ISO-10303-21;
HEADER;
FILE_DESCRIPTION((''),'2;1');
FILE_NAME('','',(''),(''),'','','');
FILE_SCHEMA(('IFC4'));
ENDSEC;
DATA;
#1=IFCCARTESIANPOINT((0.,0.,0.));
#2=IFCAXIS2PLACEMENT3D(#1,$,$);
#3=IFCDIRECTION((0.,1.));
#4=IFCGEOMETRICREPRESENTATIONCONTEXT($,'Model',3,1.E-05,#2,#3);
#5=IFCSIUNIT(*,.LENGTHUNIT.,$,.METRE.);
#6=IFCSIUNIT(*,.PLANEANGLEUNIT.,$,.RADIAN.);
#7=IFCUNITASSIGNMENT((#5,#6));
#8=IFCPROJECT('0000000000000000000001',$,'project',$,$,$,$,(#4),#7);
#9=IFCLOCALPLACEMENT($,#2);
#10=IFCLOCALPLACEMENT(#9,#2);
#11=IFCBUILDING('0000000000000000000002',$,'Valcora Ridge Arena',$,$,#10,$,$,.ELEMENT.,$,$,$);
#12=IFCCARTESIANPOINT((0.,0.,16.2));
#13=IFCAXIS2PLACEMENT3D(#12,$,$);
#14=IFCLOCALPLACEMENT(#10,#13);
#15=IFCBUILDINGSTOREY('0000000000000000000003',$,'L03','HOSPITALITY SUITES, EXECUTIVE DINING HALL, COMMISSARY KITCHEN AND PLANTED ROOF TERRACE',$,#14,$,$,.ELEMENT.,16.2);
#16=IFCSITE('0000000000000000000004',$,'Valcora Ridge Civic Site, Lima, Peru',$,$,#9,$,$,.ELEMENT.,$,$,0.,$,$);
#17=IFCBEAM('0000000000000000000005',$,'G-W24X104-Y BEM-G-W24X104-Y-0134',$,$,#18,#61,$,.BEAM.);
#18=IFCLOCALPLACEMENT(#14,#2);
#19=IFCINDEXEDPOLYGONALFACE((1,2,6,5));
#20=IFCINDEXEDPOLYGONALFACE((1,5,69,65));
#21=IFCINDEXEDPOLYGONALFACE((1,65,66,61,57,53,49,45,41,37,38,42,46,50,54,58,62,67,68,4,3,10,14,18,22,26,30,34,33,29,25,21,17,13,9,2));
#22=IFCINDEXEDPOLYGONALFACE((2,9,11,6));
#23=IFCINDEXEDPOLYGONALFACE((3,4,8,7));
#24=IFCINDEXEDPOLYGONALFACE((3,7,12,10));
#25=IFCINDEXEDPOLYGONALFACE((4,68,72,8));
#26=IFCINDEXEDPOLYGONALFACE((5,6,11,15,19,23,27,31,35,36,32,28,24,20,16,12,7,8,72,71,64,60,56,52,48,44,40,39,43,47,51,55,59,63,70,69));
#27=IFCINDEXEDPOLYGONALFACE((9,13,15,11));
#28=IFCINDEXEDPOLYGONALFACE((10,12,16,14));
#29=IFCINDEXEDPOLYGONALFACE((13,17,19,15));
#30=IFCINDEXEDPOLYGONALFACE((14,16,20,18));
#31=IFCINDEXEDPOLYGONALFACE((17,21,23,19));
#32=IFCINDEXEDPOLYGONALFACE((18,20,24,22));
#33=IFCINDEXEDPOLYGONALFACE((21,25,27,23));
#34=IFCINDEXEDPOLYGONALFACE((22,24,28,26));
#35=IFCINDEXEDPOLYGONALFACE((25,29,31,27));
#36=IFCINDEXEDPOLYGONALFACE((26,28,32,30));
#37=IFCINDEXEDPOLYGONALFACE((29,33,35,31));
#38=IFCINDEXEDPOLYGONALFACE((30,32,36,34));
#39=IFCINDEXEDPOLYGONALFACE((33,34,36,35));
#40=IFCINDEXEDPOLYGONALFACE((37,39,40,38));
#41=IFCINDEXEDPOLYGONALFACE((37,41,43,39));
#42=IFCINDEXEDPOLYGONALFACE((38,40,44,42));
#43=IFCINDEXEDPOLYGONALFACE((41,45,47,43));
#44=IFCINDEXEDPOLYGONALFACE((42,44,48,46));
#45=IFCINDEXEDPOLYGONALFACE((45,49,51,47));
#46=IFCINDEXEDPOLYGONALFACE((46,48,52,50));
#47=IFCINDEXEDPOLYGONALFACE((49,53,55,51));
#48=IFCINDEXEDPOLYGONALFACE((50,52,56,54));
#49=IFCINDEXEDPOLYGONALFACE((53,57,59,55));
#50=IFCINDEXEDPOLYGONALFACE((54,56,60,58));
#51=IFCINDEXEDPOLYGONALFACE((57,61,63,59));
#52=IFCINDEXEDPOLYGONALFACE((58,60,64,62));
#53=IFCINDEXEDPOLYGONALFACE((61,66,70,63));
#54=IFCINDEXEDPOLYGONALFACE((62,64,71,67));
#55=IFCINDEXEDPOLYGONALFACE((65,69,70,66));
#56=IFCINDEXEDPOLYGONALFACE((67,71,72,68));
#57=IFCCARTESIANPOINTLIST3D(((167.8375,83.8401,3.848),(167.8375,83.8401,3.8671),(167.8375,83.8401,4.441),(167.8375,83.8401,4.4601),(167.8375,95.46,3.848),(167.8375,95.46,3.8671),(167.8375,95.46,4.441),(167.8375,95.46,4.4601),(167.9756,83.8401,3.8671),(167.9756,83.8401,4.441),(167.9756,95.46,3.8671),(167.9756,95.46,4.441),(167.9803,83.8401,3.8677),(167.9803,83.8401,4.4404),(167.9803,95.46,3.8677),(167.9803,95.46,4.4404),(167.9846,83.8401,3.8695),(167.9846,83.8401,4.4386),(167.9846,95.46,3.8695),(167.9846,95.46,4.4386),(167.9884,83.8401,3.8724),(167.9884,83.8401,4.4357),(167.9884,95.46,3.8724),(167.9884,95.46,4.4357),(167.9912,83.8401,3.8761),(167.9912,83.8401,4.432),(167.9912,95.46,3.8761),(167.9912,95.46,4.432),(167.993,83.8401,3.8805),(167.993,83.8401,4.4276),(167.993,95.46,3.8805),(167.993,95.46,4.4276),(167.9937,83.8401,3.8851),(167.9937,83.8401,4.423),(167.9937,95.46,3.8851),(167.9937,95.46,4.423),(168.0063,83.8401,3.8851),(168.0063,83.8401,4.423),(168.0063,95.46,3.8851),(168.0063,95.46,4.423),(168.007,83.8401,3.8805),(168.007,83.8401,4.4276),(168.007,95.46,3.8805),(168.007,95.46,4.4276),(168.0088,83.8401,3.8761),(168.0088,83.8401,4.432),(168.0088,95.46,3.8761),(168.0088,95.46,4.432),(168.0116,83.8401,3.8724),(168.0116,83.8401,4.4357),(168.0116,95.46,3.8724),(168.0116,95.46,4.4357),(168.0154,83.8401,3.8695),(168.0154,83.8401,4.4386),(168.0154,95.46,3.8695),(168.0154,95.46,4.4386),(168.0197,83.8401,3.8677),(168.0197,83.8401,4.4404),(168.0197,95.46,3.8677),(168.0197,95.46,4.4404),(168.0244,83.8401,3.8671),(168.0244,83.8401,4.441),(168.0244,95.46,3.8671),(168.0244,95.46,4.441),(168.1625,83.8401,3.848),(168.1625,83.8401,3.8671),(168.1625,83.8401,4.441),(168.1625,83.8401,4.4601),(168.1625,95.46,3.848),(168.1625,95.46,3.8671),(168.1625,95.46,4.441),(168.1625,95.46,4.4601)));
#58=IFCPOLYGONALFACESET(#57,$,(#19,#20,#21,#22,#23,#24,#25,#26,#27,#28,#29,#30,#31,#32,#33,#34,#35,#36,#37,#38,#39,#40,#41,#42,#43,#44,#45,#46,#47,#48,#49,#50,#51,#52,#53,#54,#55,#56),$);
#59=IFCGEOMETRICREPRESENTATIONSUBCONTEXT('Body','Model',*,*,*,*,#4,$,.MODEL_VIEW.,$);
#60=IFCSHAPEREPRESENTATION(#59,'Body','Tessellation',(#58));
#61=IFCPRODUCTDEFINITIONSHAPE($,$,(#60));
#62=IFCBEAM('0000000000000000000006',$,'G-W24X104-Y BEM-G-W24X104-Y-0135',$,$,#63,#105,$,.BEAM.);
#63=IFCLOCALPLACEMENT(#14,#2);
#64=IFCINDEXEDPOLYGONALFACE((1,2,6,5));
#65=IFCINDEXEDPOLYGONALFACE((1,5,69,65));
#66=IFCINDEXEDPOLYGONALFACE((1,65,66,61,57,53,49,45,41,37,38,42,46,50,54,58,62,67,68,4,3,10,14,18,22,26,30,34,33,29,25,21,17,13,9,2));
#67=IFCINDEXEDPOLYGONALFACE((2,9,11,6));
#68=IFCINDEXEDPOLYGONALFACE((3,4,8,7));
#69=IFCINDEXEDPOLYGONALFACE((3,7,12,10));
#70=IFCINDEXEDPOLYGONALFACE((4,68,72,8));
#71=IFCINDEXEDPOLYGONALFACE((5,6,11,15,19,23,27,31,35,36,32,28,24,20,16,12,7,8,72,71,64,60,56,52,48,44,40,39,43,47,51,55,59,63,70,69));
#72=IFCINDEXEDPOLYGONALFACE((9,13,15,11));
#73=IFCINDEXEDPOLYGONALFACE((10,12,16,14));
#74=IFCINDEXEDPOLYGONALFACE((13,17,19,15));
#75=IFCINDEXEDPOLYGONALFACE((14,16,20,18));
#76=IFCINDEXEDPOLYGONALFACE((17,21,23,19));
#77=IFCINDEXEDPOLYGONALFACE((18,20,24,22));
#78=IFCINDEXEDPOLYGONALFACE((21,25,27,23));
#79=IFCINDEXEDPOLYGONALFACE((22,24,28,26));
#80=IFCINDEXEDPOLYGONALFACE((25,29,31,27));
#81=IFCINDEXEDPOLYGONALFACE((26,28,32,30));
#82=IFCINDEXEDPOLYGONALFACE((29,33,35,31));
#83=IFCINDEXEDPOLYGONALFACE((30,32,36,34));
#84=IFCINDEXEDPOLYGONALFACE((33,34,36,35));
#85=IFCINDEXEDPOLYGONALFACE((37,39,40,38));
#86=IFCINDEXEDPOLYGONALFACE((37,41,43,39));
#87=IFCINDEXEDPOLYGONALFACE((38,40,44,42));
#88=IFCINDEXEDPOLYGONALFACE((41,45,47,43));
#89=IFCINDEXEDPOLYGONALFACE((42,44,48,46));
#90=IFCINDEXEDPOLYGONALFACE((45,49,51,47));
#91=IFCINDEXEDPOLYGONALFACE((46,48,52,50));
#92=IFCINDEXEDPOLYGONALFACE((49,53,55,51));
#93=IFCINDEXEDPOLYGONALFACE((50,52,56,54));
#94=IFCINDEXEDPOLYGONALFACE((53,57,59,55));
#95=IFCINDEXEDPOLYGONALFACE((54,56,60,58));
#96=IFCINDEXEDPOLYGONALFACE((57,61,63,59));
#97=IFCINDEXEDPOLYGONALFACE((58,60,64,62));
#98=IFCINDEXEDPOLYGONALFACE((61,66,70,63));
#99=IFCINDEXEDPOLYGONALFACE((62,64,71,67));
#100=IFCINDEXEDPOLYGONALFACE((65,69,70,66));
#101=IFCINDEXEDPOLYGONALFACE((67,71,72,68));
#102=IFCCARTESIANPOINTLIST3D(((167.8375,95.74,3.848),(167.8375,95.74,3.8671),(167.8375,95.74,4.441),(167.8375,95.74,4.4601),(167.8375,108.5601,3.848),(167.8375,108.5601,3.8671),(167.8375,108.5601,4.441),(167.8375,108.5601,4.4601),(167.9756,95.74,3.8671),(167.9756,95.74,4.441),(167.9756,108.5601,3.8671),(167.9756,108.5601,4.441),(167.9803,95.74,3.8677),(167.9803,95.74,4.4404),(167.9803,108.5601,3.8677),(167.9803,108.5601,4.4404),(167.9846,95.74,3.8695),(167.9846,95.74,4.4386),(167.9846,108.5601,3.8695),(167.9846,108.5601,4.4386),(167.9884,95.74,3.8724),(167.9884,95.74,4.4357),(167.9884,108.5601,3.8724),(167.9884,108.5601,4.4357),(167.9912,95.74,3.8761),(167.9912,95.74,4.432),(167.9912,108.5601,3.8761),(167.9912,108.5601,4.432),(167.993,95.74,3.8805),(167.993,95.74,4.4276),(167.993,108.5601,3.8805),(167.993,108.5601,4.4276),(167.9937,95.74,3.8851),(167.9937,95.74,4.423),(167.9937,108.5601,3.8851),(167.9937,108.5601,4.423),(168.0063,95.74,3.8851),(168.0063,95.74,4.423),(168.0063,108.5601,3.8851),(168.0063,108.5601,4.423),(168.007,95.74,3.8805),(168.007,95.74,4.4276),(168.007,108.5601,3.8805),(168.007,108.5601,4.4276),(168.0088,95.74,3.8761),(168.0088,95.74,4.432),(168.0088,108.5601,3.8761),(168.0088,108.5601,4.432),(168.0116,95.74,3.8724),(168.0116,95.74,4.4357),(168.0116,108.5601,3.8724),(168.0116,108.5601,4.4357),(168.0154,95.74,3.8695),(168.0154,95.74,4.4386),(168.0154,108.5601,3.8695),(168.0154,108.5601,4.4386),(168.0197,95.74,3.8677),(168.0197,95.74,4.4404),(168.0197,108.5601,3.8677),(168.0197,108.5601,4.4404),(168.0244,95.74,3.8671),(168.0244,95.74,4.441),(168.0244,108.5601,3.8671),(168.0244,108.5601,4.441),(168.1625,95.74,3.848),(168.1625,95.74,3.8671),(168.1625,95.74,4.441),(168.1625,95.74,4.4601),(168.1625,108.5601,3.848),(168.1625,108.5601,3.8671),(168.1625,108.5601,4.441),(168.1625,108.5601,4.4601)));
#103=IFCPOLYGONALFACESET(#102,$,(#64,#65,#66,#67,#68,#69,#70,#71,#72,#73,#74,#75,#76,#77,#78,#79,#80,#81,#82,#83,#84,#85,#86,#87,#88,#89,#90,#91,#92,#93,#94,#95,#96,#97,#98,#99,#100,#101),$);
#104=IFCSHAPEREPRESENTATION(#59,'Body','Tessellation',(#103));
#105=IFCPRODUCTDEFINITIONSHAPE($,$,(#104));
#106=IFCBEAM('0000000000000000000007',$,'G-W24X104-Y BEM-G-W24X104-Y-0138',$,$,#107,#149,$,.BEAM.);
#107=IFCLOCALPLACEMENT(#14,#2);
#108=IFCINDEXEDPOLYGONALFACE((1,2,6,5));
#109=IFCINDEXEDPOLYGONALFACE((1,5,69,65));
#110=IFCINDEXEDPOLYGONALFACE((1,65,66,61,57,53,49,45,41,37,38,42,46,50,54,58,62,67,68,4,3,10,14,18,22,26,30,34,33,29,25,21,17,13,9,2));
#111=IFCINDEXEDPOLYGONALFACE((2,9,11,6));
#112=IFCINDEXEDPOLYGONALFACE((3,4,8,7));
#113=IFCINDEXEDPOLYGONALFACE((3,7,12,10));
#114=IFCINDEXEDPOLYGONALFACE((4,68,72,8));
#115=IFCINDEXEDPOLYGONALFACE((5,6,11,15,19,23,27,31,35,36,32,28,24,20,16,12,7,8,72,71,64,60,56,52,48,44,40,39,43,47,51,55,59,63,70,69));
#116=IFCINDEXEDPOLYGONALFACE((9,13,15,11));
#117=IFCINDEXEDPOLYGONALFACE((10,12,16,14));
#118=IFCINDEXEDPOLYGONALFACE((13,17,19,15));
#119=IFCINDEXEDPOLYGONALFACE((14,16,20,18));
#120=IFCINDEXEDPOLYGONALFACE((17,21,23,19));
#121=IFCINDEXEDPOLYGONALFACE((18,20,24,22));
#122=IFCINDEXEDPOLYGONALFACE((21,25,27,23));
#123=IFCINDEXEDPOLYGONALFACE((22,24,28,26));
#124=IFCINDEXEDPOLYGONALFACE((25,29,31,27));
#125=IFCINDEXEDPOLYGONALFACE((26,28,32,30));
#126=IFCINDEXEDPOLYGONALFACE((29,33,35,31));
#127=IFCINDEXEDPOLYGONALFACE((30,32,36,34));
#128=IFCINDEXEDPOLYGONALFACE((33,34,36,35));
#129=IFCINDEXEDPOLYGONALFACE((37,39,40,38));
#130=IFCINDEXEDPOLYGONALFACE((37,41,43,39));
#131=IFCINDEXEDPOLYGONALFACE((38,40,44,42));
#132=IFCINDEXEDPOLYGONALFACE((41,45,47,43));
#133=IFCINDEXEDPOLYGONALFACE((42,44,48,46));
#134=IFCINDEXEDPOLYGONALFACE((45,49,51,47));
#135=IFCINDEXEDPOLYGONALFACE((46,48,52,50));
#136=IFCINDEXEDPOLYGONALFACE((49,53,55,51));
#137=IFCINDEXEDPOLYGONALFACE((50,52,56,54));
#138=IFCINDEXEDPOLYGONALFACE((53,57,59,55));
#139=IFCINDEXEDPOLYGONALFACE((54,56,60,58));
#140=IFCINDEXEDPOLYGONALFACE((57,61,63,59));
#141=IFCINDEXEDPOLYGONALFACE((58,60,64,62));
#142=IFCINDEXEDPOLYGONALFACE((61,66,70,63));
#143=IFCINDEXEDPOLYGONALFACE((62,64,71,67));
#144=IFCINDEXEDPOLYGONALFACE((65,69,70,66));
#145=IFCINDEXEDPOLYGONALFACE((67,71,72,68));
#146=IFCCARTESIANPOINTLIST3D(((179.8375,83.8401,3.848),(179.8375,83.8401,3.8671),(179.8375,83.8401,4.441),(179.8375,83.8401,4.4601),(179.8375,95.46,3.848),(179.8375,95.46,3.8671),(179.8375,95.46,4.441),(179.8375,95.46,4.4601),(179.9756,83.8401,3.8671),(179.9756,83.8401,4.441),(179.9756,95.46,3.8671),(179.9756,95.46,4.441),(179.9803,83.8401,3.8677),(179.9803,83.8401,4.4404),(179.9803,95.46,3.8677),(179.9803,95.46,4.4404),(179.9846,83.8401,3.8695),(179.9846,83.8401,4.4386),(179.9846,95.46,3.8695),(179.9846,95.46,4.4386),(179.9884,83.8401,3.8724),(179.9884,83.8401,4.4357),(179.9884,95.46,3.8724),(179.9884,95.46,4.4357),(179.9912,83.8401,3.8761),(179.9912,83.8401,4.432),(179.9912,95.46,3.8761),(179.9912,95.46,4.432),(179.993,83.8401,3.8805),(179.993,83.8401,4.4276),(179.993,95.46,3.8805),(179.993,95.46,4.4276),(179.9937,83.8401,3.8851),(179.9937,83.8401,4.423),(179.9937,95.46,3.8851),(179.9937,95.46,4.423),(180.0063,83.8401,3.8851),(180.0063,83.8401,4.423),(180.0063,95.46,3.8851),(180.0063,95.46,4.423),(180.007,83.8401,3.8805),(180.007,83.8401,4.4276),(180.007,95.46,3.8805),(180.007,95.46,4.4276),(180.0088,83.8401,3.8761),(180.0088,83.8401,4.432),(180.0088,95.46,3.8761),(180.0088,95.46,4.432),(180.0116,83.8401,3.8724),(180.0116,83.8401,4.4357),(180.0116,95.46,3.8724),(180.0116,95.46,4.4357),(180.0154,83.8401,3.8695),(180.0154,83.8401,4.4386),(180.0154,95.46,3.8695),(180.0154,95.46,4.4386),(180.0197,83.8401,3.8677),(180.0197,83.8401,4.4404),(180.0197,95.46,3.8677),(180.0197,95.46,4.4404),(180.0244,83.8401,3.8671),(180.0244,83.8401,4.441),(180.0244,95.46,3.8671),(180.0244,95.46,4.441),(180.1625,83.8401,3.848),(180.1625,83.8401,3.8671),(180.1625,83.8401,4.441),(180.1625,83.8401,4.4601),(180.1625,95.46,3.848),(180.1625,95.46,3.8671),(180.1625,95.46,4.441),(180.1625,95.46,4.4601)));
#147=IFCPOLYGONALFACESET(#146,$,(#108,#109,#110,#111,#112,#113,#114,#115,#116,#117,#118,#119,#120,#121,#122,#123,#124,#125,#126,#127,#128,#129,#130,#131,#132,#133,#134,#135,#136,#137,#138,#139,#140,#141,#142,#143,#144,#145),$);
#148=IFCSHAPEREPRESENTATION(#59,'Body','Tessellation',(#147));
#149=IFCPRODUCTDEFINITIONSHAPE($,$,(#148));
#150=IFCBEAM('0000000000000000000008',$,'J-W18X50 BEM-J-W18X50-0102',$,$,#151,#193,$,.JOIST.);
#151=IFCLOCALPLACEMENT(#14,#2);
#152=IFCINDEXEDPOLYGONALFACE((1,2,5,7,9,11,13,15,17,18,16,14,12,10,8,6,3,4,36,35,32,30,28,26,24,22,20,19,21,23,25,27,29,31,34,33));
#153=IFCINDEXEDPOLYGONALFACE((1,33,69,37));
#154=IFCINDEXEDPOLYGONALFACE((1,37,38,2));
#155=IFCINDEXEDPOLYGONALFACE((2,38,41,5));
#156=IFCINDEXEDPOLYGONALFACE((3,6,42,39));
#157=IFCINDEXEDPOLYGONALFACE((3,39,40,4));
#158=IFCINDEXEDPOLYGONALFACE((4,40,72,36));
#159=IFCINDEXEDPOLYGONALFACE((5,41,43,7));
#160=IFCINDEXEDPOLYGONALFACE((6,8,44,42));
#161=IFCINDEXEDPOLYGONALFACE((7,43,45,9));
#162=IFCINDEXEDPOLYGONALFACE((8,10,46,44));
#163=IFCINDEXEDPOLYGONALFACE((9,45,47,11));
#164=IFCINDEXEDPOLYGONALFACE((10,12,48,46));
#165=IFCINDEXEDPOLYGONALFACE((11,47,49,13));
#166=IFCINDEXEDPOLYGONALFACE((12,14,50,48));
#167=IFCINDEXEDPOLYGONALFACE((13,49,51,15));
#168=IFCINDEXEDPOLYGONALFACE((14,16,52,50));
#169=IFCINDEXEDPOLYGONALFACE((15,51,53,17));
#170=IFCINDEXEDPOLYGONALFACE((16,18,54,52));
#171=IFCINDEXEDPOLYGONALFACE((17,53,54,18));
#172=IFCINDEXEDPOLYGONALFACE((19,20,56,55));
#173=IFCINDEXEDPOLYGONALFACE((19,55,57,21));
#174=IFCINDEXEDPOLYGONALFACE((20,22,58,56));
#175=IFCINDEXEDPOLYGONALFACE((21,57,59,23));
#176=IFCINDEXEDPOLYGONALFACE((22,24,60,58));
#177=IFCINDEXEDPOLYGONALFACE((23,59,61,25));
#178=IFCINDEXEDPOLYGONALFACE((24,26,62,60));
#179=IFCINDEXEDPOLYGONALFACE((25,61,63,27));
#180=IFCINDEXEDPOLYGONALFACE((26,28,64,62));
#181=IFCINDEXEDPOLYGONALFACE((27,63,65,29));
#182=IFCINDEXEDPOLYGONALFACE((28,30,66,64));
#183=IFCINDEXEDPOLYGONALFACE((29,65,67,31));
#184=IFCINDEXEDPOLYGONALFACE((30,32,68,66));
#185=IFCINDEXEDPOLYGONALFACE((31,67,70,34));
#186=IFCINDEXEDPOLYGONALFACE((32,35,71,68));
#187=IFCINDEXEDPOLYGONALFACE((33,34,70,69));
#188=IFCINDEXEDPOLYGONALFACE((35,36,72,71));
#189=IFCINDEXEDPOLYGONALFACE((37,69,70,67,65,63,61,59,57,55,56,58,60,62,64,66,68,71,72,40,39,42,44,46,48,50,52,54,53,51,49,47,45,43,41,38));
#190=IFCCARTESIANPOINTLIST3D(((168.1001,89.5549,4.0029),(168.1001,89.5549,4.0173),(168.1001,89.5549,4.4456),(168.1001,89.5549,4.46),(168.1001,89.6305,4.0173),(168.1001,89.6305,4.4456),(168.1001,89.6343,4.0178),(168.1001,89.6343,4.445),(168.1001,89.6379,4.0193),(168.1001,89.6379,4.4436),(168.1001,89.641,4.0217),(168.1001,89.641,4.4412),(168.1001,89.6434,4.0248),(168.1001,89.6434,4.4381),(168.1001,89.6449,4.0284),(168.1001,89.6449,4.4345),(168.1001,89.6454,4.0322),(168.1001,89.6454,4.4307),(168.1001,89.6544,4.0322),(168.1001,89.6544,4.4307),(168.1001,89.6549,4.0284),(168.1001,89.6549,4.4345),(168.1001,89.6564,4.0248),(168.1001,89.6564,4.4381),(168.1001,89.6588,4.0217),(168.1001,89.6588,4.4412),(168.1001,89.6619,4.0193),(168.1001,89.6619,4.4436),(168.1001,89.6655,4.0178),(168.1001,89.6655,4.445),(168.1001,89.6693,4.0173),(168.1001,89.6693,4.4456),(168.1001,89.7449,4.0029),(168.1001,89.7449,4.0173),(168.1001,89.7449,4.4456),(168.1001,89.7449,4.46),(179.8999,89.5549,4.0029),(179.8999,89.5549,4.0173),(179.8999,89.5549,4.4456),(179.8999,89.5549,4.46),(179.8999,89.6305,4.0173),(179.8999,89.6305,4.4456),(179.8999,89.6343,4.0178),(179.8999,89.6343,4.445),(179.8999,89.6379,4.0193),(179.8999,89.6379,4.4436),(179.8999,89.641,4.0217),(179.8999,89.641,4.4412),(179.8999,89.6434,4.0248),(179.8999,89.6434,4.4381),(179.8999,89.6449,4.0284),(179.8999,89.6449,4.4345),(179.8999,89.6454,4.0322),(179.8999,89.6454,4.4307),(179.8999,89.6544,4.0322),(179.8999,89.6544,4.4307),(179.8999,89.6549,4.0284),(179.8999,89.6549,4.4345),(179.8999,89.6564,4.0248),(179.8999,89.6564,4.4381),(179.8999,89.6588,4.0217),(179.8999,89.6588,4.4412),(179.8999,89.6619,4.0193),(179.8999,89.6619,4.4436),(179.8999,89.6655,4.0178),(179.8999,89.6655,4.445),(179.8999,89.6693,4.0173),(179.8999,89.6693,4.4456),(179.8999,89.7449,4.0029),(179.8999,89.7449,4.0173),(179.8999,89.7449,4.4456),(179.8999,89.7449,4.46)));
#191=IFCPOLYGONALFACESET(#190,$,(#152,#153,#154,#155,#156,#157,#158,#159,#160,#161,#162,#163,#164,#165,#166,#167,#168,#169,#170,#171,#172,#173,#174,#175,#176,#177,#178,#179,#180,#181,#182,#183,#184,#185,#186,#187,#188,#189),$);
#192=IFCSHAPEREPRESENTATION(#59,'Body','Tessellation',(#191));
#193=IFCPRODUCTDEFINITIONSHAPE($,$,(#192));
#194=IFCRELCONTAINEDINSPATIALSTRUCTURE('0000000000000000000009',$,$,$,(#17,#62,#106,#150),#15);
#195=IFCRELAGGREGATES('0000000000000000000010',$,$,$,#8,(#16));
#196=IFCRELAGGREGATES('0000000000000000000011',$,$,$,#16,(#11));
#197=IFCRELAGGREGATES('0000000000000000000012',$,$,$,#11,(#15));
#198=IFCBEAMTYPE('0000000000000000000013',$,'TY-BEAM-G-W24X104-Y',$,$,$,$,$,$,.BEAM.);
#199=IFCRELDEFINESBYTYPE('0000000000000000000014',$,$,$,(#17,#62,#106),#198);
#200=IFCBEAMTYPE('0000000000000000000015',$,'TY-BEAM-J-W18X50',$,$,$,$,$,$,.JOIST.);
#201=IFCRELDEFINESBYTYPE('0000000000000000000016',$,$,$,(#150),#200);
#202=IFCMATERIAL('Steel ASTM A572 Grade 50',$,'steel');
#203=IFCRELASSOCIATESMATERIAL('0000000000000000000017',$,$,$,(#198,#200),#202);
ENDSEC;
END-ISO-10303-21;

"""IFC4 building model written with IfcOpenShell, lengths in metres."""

from ifc_helpers import new_model, si_unit, direction, frame, origin, origin_2d, place, context, subcontext, project, spatial, i_section, extrude, material, material_profile, profile_set, type_object, element, save


model = new_model("IFC4")

# Units and contexts
model_context = context("Model", 3, precision=1e-05, world=origin(), true_north=direction((0.0, 1.0)))
body_context = subcontext(model_context, "Body", "Model", "MODEL_VIEW")
ifc_project = project(units=[si_unit("LENGTHUNIT", "METRE"), si_unit("PLANEANGLEUNIT", "RADIAN")], contexts=[model_context])

# Site, building, storey
site_placement = place(None, origin())
site = spatial("IfcSite", under=ifc_project, at=site_placement, Name="Valcora Ridge Civic Site, Lima, Peru", CompositionType="ELEMENT", RefElevation=0.0)
building_placement = place(site_placement, origin())
building = spatial("IfcBuilding", under=site, at=building_placement, Name="Valcora Ridge Arena", CompositionType="ELEMENT")
storey_placement = place(building_placement, frame((0.0, 0.0, 16.2)))
storey = spatial("IfcBuildingStorey", under=building, at=storey_placement, Name="L03", Description="HOSPITALITY SUITES, EXECUTIVE DINING HALL, COMMISSARY KITCHEN AND PLANTED ROOF TERRACE", CompositionType="ELEMENT", Elevation=16.2)

# Beams
ifc_material_1 = material(Name="Steel ASTM A572 Grade 50", Category="steel")
ifc_material_profile_1 = material_profile(ifc_material_1, i_section(OverallWidth=0.325, OverallDepth=0.6121, WebThickness=0.0127, FlangeThickness=0.019, FilletRadius=0.0181, at=origin_2d()), Name="W24X104")
ifc_profile_set_1 = profile_set([ifc_material_profile_1], Name="Steel ASTM A572 Grade 50")
beam_type_1 = type_object("IfcBeamType", Name="TY-BEAM-G-W24X104-Y", PredefinedType="BEAM", material=ifc_profile_set_1)
beam_1_placement = place(storey_placement, frame((168.0, 83.8401, 4.1541), z_axis=(0.0, 1.0, 0.0), x_axis=(-1.0, 0.0, 0.0)))
element("IfcBeam", 1, at=beam_1_placement, inside=storey, type_object=beam_type_1, Name="G-W24X104-Y BEM-G-W24X104-Y-0134", PredefinedType="BEAM", context=body_context, shape_type="SweptSolid", body=[
    extrude(i_section(OverallWidth=0.325, OverallDepth=0.6121, WebThickness=0.0127, FlangeThickness=0.019, FilletRadius=0.0181, at=origin_2d()), origin(), (0.0, 0.0, 1.0), 11.6199),
])
beam_2_placement = place(storey_placement, frame((168.0, 95.74, 4.1541), z_axis=(0.0, 1.0, 0.0), x_axis=(-1.0, 0.0, 0.0)))
element("IfcBeam", 2, at=beam_2_placement, inside=storey, type_object=beam_type_1, Name="G-W24X104-Y BEM-G-W24X104-Y-0135", PredefinedType="BEAM", context=body_context, shape_type="SweptSolid", body=[
    extrude(i_section(OverallWidth=0.325, OverallDepth=0.6121, WebThickness=0.0127, FlangeThickness=0.019, FilletRadius=0.0181, at=origin_2d()), origin(), (0.0, 0.0, 1.0), 12.8201),
])
beam_3_placement = place(storey_placement, frame((180.0, 83.8401, 4.1541), z_axis=(0.0, 1.0, 0.0), x_axis=(-1.0, 0.0, 0.0)))
element("IfcBeam", 3, at=beam_3_placement, inside=storey, type_object=beam_type_1, Name="G-W24X104-Y BEM-G-W24X104-Y-0138", PredefinedType="BEAM", context=body_context, shape_type="SweptSolid", body=[
    extrude(i_section(OverallWidth=0.325, OverallDepth=0.6121, WebThickness=0.0127, FlangeThickness=0.019, FilletRadius=0.0181, at=origin_2d()), origin(), (0.0, 0.0, 1.0), 11.6199),
])
ifc_material_profile_2 = material_profile(ifc_material_1, i_section(OverallWidth=0.1899, OverallDepth=0.457, WebThickness=0.009, FlangeThickness=0.0144, FilletRadius=0.0149, at=origin_2d()), Name="W18X50")
ifc_profile_set_2 = profile_set([ifc_material_profile_2], Name="Steel ASTM A572 Grade 50")
beam_type_2 = type_object("IfcBeamType", Name="TY-BEAM-J-W18X50", PredefinedType="JOIST", material=ifc_profile_set_2)
for number, where, z_axis, x_axis, name in (
    (4, (168.1001, 89.6499, 4.2314), (1.0, 0.0, 0.0), (0.0, 1.0, 0.0), "J-W18X50 BEM-J-W18X50-0102"),
):
    element("IfcBeam", number, at=place(storey_placement, frame(where, z_axis=z_axis, x_axis=x_axis)), inside=storey, type_object=beam_type_2, Name=name, PredefinedType="JOIST", context=body_context, shape_type="SweptSolid", body=[
        extrude(i_section(OverallWidth=0.1899, OverallDepth=0.457, WebThickness=0.009, FlangeThickness=0.0144, FilletRadius=0.0149, at=origin_2d()), origin(), (0.0, 0.0, 1.0), 11.7998),
    ])

save(model, "model.ifc")
